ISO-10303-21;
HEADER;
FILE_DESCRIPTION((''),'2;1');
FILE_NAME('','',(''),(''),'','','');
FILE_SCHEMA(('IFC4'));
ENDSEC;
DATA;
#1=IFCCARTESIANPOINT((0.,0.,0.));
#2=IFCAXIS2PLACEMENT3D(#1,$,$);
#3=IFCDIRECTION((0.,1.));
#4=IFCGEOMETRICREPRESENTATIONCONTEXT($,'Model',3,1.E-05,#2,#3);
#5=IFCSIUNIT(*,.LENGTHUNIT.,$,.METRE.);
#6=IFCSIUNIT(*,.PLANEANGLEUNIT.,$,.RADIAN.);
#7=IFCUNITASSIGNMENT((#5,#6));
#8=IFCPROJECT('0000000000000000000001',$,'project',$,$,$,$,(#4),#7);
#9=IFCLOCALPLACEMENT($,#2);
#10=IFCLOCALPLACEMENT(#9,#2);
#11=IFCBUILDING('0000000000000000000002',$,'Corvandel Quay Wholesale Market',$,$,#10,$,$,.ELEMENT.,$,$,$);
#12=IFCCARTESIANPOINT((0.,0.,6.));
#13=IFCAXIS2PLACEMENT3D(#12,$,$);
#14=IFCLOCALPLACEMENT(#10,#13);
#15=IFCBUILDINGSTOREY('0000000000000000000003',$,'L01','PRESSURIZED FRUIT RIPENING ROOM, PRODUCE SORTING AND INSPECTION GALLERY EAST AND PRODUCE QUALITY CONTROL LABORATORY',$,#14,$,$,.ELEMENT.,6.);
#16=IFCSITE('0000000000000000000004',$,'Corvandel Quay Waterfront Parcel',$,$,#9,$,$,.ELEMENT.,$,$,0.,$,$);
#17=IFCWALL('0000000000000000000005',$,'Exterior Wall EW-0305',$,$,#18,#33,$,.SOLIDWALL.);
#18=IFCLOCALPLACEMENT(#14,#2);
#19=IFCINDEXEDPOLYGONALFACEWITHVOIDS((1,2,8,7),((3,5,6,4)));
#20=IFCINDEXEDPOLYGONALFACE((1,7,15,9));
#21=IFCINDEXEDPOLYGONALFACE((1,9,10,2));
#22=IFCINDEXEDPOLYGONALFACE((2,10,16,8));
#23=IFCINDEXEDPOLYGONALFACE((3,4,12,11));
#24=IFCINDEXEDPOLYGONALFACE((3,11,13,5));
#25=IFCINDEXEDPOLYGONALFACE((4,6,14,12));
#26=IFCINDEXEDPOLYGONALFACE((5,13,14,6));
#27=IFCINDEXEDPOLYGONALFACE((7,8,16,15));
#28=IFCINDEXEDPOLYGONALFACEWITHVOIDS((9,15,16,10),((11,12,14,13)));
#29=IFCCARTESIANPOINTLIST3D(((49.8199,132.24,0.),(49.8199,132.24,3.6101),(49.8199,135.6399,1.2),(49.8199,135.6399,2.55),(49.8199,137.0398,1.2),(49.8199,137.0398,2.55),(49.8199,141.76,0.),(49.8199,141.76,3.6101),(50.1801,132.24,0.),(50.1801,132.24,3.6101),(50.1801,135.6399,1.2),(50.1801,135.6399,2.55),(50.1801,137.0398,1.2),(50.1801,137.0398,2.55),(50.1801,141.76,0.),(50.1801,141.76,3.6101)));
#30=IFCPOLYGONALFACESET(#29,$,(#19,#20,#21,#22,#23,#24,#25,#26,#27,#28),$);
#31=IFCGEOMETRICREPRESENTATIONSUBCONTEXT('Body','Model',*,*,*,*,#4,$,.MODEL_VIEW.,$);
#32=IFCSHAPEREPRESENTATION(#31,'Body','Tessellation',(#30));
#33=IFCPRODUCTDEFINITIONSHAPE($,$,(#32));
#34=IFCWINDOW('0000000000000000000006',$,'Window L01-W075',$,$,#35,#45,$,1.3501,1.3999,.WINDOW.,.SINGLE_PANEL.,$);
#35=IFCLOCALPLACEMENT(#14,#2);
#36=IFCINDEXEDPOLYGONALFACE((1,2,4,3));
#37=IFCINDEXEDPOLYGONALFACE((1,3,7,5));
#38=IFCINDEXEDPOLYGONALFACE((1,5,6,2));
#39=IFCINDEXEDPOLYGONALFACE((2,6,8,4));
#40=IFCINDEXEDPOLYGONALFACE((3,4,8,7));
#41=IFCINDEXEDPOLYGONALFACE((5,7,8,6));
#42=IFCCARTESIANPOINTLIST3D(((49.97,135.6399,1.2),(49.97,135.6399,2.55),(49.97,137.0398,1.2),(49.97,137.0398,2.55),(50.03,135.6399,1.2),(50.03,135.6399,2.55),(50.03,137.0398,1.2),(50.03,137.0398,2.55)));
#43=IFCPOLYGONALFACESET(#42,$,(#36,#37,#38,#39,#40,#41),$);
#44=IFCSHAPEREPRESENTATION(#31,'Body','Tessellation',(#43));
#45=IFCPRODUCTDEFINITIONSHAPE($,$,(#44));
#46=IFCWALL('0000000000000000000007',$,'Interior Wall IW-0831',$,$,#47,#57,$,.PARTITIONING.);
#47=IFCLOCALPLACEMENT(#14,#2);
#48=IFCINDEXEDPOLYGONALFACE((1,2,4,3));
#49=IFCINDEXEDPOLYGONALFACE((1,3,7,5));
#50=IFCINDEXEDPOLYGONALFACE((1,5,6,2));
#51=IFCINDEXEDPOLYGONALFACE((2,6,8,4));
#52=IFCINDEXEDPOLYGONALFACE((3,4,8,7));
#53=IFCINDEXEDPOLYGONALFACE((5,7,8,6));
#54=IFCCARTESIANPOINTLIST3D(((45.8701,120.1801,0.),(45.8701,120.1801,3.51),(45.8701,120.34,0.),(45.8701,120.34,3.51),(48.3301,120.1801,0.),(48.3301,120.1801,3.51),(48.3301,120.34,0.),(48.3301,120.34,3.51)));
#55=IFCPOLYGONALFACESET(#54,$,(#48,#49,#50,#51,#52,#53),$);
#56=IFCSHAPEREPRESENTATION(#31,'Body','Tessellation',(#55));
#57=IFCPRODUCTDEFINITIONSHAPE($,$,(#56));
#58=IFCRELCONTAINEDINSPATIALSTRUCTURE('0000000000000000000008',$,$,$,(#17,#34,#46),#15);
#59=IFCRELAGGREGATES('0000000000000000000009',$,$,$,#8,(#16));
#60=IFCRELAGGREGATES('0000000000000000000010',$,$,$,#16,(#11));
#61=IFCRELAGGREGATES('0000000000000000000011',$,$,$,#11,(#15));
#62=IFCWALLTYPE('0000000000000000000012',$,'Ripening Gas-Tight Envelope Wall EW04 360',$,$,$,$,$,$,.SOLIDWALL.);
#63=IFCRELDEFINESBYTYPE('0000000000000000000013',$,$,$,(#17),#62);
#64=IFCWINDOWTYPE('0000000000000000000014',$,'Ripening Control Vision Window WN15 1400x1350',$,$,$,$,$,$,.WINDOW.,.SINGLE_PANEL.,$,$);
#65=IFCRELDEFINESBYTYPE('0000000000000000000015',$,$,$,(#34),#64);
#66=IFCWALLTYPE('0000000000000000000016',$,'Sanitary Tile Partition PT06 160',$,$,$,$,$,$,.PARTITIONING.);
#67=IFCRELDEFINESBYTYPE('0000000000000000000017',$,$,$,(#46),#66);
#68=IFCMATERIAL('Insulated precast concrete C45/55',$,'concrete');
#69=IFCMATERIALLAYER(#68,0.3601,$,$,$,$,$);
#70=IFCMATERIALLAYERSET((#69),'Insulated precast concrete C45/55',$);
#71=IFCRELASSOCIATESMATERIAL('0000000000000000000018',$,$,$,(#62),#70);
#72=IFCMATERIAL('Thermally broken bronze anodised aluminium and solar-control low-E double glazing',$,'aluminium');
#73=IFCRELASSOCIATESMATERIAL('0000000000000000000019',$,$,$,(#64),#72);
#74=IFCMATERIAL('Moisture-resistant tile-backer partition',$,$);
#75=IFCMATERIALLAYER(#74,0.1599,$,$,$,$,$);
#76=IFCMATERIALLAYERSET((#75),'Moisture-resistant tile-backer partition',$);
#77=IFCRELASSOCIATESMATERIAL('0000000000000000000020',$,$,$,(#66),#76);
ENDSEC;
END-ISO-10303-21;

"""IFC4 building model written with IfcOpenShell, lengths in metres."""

from ifc_helpers import new_model, si_unit, direction, frame, frame_2d, origin, place, context, subcontext, project, spatial, rectangle, extrude, material, layer, layer_set, type_object, element, fill, save


model = new_model("IFC4")

# Units and contexts
model_context = context("Model", 3, precision=1e-05, world=origin(), true_north=direction((0.0, 1.0)))
body_context = subcontext(model_context, "Body", "Model", "MODEL_VIEW")
ifc_project = project(units=[si_unit("LENGTHUNIT", "METRE"), si_unit("PLANEANGLEUNIT", "RADIAN")], contexts=[model_context])

# Site, building, storey
site_placement = place(None, origin())
site = spatial("IfcSite", under=ifc_project, at=site_placement, Name="Corvandel Quay Waterfront Parcel", CompositionType="ELEMENT", RefElevation=0.0)
building_placement = place(site_placement, origin())
building = spatial("IfcBuilding", under=site, at=building_placement, Name="Corvandel Quay Wholesale Market", CompositionType="ELEMENT")
storey_placement = place(building_placement, frame((0.0, 0.0, 6.0)))
storey = spatial("IfcBuildingStorey", under=building, at=storey_placement, Name="L01", Description="PRESSURIZED FRUIT RIPENING ROOM, PRODUCE SORTING AND INSPECTION GALLERY EAST AND PRODUCE QUALITY CONTROL LABORATORY", CompositionType="ELEMENT", Elevation=6.0)

# Wall, opening, window
ifc_material_1 = material(Name="Thermally broken bronze anodised aluminium and solar-control low-E double glazing", Category="aluminium")
ifc_material_2 = material(Name="Insulated precast concrete C45/55", Category="concrete")
ifc_layer_1 = layer(ifc_material_2, 0.3601)
ifc_layer_set_1 = layer_set([ifc_layer_1], Name="Insulated precast concrete C45/55")
wall_type_1 = type_object("IfcWallType", Name="Ripening Gas-Tight Envelope Wall EW04 360", PredefinedType="SOLIDWALL", material=ifc_layer_set_1)
window_type_1 = type_object("IfcWindowType", Name="Ripening Control Vision Window WN15 1400x1350", PartitioningType="SINGLE_PANEL", PredefinedType="WINDOW", material=ifc_material_1)
wall_1_placement = place(storey_placement, frame((50.0, 132.24, 0.0), z_axis=(0.0, 0.0, 1.0), x_axis=(0.0, 1.0, 0.0)))
wall_1 = element("IfcWall", 1, at=wall_1_placement, inside=storey, type_object=wall_type_1, Name="Exterior Wall EW-0305", PredefinedType="SOLIDWALL", context=body_context, shape_type="SweptSolid", body=[
    extrude(rectangle(XDim=9.52, YDim=0.3601, at=frame_2d((4.76, 0.0))), origin(), (0.0, 0.0, 1.0), 3.6101),
])
opening_1_placement = place(wall_1_placement, frame((3.3999, 0.0, 1.2)))
opening_1 = element("IfcOpeningElement", 2, at=opening_1_placement, cuts=wall_1, PredefinedType="OPENING", context=body_context, shape_type="SweptSolid", body=[
    extrude(rectangle(XDim=1.3999, YDim=1.3501, at=frame_2d((0.7, 0.675))), frame((0.0, 0.1899, 0.0), z_axis=(0.0, -1.0, 0.0), x_axis=(1.0, 0.0, 0.0)), (0.0, 0.0, 1.0), 0.3801),
])
window_1_placement = place(opening_1_placement, origin())
window_1 = element("IfcWindow", 3, at=window_1_placement, inside=storey, type_object=window_type_1, Name="Window L01-W075", OverallHeight=1.3501, OverallWidth=1.3999, PartitioningType="SINGLE_PANEL", PredefinedType="WINDOW", context=body_context, shape_type="SweptSolid", body=[
    extrude(rectangle(XDim=1.3999, YDim=1.3501, at=frame_2d((0.7, 0.675))), frame((0.0, 0.03, 0.0), z_axis=(0.0, -1.0, 0.0), x_axis=(1.0, 0.0, 0.0)), (0.0, 0.0, 1.0), 0.0601),
])
fill(opening_1, window_1)

# Wall
ifc_material_3 = material(Name="Moisture-resistant tile-backer partition")
ifc_layer_2 = layer(ifc_material_3, 0.1599)
ifc_layer_set_2 = layer_set([ifc_layer_2], Name="Moisture-resistant tile-backer partition")
wall_type_2 = type_object("IfcWallType", Name="Sanitary Tile Partition PT06 160", PredefinedType="PARTITIONING", material=ifc_layer_set_2)
wall_2_placement = place(storey_placement, frame((48.3301, 120.26, 0.0), z_axis=(0.0, 0.0, 1.0), x_axis=(-1.0, 0.0, 0.0)))
element("IfcWall", 4, at=wall_2_placement, inside=storey, type_object=wall_type_2, Name="Interior Wall IW-0831", PredefinedType="PARTITIONING", context=body_context, shape_type="SweptSolid", body=[
    extrude(rectangle(XDim=2.46, YDim=0.1599, at=frame_2d((1.23, 0.0))), origin(), (0.0, 0.0, 1.0), 3.51),
])

save(model, "model.ifc")
